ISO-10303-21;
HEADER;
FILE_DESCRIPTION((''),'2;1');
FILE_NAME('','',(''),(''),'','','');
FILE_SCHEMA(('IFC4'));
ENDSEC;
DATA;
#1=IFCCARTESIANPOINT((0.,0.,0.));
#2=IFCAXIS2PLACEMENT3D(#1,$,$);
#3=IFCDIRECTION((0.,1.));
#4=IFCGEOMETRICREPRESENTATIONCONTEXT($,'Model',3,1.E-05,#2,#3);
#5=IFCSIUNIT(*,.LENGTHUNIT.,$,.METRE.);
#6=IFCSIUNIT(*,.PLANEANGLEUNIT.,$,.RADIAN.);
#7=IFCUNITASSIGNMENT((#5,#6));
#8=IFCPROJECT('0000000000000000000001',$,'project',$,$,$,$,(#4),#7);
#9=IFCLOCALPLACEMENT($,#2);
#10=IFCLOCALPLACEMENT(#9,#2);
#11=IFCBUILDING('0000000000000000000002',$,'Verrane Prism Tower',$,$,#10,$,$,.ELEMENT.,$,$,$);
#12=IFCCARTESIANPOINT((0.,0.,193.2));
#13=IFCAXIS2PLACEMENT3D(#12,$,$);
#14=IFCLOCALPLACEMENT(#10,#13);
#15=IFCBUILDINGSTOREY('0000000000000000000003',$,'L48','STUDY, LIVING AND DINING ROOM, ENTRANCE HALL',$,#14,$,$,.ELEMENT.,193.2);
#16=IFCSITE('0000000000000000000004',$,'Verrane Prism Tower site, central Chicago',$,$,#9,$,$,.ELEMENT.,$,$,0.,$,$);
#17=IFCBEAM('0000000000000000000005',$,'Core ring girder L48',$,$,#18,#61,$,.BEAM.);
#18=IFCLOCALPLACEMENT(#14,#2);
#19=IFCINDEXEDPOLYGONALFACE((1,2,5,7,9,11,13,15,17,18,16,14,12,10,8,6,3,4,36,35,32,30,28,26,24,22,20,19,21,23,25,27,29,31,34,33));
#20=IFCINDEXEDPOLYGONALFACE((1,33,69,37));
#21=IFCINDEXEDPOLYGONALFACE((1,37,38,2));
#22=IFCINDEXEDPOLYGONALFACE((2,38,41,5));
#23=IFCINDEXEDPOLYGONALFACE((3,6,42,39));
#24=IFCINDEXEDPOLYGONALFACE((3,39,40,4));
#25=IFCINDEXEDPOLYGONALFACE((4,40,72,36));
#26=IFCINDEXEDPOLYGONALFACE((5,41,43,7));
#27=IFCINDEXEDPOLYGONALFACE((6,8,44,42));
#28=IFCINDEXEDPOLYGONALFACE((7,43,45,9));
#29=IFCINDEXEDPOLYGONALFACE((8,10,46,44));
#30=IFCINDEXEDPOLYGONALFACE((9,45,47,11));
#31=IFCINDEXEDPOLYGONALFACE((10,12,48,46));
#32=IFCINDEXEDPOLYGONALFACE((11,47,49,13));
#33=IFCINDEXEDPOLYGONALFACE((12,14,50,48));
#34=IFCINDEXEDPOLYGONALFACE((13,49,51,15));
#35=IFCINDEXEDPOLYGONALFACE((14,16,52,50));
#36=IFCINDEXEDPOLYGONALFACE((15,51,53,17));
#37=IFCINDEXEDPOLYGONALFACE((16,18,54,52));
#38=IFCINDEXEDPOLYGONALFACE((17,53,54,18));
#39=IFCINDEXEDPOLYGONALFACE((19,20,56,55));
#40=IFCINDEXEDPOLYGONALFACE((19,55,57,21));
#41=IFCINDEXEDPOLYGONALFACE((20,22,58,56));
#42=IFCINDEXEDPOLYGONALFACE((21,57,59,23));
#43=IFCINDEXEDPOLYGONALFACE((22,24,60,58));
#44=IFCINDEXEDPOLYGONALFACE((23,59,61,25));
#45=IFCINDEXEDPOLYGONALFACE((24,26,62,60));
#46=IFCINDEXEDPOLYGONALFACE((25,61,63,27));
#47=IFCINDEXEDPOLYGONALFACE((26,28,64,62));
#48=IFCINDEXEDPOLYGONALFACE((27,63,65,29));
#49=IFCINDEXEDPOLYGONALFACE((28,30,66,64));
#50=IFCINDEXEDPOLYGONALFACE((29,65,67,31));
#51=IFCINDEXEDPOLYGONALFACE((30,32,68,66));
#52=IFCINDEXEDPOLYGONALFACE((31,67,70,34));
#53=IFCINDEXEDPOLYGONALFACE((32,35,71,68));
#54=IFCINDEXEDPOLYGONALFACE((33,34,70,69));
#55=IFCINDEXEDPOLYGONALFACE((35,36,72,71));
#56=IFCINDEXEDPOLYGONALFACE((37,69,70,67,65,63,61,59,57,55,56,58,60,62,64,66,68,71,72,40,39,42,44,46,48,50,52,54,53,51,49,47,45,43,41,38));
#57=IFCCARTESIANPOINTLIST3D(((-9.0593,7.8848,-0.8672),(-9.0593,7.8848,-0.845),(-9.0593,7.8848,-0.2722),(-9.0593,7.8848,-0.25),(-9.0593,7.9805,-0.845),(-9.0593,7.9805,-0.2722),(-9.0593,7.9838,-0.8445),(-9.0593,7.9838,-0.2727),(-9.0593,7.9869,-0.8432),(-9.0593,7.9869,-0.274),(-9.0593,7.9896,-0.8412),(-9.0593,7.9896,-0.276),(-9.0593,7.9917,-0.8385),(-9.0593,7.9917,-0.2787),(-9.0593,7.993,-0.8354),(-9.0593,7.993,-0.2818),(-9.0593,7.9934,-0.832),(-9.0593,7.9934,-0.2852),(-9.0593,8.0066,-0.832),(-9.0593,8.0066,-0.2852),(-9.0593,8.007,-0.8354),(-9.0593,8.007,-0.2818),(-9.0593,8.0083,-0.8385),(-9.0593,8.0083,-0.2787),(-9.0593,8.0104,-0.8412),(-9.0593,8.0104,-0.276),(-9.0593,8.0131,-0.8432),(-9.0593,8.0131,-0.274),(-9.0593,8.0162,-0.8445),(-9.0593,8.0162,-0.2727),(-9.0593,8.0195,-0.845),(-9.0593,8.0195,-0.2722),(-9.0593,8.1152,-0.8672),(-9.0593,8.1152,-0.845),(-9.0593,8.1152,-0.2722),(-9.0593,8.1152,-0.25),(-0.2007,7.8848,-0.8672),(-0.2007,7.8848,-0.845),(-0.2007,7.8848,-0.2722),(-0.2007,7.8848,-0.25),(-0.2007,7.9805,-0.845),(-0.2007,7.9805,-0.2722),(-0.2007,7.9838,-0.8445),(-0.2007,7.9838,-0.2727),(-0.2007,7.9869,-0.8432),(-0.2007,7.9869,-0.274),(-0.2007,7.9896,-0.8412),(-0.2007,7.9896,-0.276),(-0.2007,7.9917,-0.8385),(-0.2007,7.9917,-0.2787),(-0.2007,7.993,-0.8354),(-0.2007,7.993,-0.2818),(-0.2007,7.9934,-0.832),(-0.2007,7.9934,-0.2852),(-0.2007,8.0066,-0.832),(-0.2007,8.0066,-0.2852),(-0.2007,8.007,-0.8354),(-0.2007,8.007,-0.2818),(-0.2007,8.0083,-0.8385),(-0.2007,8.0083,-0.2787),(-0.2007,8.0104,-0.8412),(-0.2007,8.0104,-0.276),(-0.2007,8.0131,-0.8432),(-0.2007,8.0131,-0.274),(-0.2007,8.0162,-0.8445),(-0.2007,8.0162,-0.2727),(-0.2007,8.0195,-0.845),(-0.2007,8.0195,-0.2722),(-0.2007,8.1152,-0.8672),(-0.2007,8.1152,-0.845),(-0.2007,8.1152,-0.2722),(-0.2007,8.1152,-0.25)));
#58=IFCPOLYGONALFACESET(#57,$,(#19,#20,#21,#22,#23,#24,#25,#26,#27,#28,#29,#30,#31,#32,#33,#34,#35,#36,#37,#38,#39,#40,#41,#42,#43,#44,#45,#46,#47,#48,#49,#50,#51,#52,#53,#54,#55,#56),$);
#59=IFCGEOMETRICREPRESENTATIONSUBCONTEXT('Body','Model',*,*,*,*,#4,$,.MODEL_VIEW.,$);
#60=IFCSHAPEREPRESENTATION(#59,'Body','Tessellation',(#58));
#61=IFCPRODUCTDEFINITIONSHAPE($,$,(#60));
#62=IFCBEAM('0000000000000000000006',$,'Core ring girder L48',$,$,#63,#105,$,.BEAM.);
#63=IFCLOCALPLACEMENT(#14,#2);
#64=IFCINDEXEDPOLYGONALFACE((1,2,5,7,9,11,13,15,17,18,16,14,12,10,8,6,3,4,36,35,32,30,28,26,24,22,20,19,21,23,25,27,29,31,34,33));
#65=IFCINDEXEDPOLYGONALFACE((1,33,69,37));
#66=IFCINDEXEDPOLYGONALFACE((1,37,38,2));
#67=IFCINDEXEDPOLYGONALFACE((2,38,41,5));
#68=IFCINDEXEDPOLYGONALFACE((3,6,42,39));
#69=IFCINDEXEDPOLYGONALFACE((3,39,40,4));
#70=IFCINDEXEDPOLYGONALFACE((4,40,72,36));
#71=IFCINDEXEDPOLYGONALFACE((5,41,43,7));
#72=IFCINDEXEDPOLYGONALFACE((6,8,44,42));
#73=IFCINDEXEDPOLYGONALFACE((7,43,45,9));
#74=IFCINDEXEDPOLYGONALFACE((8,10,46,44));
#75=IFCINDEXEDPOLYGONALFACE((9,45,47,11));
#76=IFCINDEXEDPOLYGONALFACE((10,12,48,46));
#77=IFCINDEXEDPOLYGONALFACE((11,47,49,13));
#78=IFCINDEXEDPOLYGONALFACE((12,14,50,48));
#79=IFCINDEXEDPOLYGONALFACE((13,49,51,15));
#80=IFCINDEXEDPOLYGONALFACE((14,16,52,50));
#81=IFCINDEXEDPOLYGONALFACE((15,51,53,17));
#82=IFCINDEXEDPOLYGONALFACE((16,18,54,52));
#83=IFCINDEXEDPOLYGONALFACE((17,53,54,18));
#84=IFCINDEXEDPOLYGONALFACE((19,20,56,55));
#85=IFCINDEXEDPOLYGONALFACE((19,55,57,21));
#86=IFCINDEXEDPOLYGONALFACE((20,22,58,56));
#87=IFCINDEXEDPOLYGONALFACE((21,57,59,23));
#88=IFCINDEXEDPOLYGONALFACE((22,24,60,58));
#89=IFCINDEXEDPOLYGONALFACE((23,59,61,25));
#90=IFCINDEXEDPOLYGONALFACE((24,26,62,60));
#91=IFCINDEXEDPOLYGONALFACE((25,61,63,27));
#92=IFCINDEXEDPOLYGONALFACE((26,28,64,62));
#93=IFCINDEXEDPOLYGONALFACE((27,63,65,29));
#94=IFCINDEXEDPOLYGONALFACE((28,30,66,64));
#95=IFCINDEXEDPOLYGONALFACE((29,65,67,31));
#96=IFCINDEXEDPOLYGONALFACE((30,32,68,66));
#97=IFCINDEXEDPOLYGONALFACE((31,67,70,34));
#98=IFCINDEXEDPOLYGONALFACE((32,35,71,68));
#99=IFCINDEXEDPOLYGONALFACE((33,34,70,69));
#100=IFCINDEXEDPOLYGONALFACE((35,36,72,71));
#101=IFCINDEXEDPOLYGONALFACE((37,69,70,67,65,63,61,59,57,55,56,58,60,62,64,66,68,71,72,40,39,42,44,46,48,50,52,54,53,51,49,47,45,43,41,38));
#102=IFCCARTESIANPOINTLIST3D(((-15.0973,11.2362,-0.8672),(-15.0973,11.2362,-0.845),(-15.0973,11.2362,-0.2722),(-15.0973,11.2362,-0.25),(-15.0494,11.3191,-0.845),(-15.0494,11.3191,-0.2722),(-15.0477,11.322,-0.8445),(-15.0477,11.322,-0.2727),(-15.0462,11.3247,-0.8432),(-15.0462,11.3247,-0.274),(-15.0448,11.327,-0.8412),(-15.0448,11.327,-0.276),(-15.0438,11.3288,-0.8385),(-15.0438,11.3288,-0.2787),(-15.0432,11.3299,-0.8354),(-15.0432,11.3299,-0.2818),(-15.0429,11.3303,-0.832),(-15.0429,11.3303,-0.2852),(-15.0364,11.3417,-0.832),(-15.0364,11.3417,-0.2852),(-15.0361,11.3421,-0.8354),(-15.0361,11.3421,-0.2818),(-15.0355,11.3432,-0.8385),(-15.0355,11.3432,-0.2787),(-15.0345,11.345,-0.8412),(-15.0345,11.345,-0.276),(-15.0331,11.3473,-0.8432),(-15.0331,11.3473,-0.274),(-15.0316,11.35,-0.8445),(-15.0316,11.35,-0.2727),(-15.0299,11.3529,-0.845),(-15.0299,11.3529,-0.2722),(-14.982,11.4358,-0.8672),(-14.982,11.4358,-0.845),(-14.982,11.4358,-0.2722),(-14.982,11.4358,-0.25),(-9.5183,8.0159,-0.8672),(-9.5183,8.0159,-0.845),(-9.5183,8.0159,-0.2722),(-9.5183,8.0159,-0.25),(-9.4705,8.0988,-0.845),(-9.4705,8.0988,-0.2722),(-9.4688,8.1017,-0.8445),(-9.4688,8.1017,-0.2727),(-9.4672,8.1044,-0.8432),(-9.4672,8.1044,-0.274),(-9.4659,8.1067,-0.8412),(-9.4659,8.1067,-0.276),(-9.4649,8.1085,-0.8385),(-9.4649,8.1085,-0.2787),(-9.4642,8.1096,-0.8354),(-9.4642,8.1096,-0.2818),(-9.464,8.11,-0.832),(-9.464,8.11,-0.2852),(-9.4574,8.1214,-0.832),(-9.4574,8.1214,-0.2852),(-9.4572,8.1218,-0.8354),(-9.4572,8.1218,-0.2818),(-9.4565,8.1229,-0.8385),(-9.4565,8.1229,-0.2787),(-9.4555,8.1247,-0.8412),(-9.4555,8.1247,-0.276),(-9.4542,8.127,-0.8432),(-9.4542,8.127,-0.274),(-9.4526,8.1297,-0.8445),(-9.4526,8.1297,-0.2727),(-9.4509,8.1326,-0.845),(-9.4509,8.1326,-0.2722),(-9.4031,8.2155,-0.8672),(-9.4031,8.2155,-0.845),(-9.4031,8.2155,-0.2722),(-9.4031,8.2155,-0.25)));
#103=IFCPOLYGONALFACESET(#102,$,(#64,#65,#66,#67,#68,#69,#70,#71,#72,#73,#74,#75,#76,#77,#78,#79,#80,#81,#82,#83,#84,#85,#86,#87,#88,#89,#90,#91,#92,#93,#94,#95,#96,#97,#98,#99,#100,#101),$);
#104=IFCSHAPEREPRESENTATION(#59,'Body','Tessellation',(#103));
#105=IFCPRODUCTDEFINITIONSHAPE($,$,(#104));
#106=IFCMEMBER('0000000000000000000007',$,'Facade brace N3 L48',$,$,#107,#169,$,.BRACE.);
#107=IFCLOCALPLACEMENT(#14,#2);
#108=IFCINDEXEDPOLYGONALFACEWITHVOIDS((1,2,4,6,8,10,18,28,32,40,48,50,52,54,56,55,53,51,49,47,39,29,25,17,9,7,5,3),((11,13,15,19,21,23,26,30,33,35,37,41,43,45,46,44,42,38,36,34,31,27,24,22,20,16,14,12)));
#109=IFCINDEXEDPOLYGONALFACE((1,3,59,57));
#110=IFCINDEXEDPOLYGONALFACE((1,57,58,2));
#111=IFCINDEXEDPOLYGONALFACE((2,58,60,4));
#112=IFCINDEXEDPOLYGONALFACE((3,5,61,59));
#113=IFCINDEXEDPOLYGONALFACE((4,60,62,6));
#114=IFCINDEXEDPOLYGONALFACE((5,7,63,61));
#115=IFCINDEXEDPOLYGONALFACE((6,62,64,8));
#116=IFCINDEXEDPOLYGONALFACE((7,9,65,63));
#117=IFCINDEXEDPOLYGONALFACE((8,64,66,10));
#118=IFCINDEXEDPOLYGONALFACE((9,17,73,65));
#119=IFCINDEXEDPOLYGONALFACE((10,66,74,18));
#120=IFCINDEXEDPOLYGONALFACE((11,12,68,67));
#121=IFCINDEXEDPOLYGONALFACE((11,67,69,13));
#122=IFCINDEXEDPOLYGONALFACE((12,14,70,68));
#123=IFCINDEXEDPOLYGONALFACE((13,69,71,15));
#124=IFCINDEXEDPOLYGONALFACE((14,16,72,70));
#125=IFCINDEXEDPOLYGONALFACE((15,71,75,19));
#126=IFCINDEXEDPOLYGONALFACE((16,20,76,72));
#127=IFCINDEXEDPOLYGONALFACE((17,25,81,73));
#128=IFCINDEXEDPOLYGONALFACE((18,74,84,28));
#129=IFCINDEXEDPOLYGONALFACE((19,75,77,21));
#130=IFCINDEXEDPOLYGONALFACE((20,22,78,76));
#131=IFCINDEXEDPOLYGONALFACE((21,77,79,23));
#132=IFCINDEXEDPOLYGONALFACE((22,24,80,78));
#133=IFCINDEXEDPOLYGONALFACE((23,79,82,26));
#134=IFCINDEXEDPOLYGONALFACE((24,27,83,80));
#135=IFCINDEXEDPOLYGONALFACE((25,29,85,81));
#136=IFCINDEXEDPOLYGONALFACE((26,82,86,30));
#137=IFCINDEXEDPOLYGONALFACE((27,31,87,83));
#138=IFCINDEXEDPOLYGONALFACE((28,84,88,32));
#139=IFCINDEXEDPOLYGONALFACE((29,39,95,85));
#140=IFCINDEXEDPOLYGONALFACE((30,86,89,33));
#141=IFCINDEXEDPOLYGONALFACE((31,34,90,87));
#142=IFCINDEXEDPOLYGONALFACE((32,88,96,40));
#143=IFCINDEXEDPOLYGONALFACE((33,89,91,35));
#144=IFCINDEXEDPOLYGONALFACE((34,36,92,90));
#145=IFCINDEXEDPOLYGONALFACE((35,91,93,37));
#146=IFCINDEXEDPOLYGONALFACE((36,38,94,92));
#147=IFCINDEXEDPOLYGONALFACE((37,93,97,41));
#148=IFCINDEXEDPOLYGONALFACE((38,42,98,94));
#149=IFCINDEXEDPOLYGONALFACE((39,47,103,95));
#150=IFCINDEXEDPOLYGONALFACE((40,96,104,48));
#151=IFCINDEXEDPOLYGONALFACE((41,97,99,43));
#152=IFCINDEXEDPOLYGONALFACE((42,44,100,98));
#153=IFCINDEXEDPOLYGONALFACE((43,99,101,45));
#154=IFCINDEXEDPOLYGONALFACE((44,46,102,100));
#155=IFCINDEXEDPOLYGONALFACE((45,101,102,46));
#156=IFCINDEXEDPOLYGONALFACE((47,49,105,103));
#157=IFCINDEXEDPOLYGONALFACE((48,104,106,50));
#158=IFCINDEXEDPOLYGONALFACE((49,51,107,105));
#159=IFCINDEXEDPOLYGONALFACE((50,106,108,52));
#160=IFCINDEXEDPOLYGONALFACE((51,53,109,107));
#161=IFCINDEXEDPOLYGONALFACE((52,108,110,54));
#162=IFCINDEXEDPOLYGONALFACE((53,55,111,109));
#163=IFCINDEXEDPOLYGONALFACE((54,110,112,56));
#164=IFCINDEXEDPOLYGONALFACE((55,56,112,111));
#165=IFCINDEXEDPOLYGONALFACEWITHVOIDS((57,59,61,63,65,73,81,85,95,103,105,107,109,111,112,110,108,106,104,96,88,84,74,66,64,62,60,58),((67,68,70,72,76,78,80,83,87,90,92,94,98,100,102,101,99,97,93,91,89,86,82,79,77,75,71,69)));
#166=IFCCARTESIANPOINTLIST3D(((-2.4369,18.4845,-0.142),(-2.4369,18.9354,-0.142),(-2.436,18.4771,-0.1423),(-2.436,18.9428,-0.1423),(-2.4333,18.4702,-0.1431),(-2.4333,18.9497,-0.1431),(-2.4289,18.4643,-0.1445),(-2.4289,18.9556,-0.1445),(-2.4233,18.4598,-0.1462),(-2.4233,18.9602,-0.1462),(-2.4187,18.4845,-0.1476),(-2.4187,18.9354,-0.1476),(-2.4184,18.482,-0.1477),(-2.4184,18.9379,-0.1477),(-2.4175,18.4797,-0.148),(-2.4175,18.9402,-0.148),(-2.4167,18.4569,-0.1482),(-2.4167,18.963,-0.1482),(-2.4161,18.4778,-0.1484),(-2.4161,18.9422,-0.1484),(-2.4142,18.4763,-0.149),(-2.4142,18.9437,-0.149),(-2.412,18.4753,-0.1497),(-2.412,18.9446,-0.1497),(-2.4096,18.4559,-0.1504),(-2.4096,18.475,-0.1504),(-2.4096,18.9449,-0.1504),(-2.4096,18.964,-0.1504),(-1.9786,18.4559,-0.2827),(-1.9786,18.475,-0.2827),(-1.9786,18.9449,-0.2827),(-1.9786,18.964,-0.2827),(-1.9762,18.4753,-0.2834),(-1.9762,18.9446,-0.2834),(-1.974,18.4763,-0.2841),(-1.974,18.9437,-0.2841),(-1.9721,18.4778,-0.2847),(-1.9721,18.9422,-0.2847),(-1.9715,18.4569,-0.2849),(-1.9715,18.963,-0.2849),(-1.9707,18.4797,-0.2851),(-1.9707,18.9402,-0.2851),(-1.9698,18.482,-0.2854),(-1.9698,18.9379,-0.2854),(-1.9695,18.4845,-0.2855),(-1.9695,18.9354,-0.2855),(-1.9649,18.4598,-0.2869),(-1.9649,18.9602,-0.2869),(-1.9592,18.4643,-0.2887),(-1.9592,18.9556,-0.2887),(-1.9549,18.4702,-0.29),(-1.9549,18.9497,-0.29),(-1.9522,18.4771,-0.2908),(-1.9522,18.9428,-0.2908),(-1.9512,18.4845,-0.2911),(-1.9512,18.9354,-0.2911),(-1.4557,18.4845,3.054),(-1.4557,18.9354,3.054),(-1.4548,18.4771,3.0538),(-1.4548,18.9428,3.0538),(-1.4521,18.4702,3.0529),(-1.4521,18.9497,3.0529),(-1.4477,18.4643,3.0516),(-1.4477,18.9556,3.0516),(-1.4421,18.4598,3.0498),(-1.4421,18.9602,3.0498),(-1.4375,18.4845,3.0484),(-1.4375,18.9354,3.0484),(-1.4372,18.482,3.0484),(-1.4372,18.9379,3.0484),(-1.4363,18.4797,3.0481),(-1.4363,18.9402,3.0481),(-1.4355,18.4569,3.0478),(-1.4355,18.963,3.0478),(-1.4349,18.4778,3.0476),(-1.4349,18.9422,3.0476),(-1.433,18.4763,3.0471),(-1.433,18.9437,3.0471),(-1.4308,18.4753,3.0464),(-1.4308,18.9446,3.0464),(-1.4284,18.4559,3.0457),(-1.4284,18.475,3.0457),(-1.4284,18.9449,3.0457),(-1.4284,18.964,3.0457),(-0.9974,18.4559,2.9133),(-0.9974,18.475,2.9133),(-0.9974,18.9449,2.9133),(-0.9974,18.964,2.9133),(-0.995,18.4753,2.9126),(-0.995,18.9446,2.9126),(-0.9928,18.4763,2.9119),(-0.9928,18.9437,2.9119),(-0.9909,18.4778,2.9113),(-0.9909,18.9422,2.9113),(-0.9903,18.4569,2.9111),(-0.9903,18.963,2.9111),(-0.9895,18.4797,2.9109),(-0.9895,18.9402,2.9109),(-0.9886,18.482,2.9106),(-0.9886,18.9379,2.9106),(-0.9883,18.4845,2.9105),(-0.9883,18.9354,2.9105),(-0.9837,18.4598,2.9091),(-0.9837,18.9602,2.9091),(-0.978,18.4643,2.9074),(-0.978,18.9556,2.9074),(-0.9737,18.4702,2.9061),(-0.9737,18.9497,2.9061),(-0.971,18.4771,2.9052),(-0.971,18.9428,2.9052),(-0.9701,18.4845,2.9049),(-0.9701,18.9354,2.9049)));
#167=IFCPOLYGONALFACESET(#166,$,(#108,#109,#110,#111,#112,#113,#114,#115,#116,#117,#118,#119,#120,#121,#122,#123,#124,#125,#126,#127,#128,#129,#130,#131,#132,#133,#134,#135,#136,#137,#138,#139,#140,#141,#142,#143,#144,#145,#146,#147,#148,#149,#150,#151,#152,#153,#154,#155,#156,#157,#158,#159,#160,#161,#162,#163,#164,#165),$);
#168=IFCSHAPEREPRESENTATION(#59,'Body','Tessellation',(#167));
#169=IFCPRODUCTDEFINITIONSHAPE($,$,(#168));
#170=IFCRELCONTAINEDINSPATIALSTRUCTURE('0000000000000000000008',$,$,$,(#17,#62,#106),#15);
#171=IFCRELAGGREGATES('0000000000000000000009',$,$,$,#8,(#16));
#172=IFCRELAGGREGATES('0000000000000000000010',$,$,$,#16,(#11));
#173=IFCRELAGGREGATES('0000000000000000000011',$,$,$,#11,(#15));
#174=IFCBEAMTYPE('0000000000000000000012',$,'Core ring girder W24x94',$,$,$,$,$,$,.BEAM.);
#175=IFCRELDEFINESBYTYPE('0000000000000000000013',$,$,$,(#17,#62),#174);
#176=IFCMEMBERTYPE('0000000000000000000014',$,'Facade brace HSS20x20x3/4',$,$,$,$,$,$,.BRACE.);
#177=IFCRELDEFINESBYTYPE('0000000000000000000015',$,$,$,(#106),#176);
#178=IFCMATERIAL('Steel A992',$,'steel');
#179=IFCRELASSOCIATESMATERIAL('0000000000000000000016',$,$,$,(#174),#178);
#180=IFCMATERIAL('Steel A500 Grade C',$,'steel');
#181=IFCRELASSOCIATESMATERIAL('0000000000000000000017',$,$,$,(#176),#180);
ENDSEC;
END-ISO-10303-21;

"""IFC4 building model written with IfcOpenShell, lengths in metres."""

from ifc_helpers import new_model, si_unit, direction, frame, origin, origin_2d, place, context, subcontext, project, spatial, hollow_rectangle, i_section, extrude, material, material_profile, profile_set, type_object, element, save


model = new_model("IFC4")

# Units and contexts
model_context = context("Model", 3, precision=1e-05, world=origin(), true_north=direction((0.0, 1.0)))
body_context = subcontext(model_context, "Body", "Model", "MODEL_VIEW")
ifc_project = project(units=[si_unit("LENGTHUNIT", "METRE"), si_unit("PLANEANGLEUNIT", "RADIAN")], contexts=[model_context])

# Site, building, storey
site_placement = place(None, origin())
site = spatial("IfcSite", under=ifc_project, at=site_placement, Name="Verrane Prism Tower site, central Chicago", CompositionType="ELEMENT", RefElevation=0.0)
building_placement = place(site_placement, origin())
building = spatial("IfcBuilding", under=site, at=building_placement, Name="Verrane Prism Tower", CompositionType="ELEMENT")
storey_placement = place(building_placement, frame((0.0, 0.0, 193.2)))
storey = spatial("IfcBuildingStorey", under=building, at=storey_placement, Name="L48", Description="STUDY, LIVING AND DINING ROOM, ENTRANCE HALL", CompositionType="ELEMENT", Elevation=193.2)

# Beams
ifc_material_1 = material(Name="Steel A992", Category="steel")
ifc_material_profile_1 = material_profile(ifc_material_1, i_section(OverallWidth=0.2305, OverallDepth=0.6172, WebThickness=0.0132, FlangeThickness=0.0222, FilletRadius=0.0129, at=origin_2d()), Name="W24x94")
ifc_profile_set_1 = profile_set([ifc_material_profile_1], Name="Steel A992")
beam_type_1 = type_object("IfcBeamType", Name="Core ring girder W24x94", PredefinedType="BEAM", material=ifc_profile_set_1)
beam_1_placement = place(storey_placement, frame((-0.2007, 8.0, -0.5586), z_axis=(-1.0, 0.0, 0.0), x_axis=(0.0, -1.0, 0.0)))
element("IfcBeam", 1, at=beam_1_placement, inside=storey, type_object=beam_type_1, Name="Core ring girder L48", PredefinedType="BEAM", context=body_context, shape_type="SweptSolid", body=[
    extrude(i_section(OverallWidth=0.2305, OverallDepth=0.6172, WebThickness=0.0132, FlangeThickness=0.0222, FilletRadius=0.0129, at=origin_2d()), origin(), (0.0, 0.0, 1.0), 8.8586),
])
beam_2_placement = place(storey_placement, frame((-9.4607, 8.1157, -0.5586), z_axis=(-0.866075, 0.499914, 0.0), x_axis=(-0.499914, -0.866075, 0.0)))
element("IfcBeam", 2, at=beam_2_placement, inside=storey, type_object=beam_type_1, Name="Core ring girder L48", PredefinedType="BEAM", context=body_context, shape_type="SweptSolid", body=[
    extrude(i_section(OverallWidth=0.2305, OverallDepth=0.6172, WebThickness=0.0132, FlangeThickness=0.0222, FilletRadius=0.0129, at=origin_2d()), origin(), (0.0, 0.0, 1.0), 6.4417),
])

# Member
ifc_material_2 = material(Name="Steel A500 Grade C", Category="steel")
ifc_material_profile_2 = material_profile(ifc_material_2, hollow_rectangle(XDim=0.5081, YDim=0.5081, WallThickness=0.019, InnerFilletRadius=0.0095, OuterFilletRadius=0.0286, at=origin_2d()), Name="HSS20x20x3/4")
ifc_profile_set_2 = profile_set([ifc_material_profile_2], Name="Steel A500 Grade C")
member_type_1 = type_object("IfcMemberType", Name="Facade brace HSS20x20x3/4", PredefinedType="BRACE", material=ifc_profile_set_2)
member_1_placement = place(storey_placement, frame((-2.1941, 18.71, -0.2166), z_axis=(0.293485, 0.0, 0.955964), x_axis=(0.0, 1.0, 0.0)))
element("IfcMember", 3, at=member_1_placement, inside=storey, type_object=member_type_1, Name="Facade brace N3 L48", PredefinedType="BRACE", context=body_context, shape_type="SweptSolid", body=[
    extrude(hollow_rectangle(XDim=0.5081, YDim=0.5081, WallThickness=0.019, InnerFilletRadius=0.0095, OuterFilletRadius=0.0286, at=origin_2d()), origin(), (0.0, 0.0, 1.0), 3.3433),
])

save(model, "model.ifc")
